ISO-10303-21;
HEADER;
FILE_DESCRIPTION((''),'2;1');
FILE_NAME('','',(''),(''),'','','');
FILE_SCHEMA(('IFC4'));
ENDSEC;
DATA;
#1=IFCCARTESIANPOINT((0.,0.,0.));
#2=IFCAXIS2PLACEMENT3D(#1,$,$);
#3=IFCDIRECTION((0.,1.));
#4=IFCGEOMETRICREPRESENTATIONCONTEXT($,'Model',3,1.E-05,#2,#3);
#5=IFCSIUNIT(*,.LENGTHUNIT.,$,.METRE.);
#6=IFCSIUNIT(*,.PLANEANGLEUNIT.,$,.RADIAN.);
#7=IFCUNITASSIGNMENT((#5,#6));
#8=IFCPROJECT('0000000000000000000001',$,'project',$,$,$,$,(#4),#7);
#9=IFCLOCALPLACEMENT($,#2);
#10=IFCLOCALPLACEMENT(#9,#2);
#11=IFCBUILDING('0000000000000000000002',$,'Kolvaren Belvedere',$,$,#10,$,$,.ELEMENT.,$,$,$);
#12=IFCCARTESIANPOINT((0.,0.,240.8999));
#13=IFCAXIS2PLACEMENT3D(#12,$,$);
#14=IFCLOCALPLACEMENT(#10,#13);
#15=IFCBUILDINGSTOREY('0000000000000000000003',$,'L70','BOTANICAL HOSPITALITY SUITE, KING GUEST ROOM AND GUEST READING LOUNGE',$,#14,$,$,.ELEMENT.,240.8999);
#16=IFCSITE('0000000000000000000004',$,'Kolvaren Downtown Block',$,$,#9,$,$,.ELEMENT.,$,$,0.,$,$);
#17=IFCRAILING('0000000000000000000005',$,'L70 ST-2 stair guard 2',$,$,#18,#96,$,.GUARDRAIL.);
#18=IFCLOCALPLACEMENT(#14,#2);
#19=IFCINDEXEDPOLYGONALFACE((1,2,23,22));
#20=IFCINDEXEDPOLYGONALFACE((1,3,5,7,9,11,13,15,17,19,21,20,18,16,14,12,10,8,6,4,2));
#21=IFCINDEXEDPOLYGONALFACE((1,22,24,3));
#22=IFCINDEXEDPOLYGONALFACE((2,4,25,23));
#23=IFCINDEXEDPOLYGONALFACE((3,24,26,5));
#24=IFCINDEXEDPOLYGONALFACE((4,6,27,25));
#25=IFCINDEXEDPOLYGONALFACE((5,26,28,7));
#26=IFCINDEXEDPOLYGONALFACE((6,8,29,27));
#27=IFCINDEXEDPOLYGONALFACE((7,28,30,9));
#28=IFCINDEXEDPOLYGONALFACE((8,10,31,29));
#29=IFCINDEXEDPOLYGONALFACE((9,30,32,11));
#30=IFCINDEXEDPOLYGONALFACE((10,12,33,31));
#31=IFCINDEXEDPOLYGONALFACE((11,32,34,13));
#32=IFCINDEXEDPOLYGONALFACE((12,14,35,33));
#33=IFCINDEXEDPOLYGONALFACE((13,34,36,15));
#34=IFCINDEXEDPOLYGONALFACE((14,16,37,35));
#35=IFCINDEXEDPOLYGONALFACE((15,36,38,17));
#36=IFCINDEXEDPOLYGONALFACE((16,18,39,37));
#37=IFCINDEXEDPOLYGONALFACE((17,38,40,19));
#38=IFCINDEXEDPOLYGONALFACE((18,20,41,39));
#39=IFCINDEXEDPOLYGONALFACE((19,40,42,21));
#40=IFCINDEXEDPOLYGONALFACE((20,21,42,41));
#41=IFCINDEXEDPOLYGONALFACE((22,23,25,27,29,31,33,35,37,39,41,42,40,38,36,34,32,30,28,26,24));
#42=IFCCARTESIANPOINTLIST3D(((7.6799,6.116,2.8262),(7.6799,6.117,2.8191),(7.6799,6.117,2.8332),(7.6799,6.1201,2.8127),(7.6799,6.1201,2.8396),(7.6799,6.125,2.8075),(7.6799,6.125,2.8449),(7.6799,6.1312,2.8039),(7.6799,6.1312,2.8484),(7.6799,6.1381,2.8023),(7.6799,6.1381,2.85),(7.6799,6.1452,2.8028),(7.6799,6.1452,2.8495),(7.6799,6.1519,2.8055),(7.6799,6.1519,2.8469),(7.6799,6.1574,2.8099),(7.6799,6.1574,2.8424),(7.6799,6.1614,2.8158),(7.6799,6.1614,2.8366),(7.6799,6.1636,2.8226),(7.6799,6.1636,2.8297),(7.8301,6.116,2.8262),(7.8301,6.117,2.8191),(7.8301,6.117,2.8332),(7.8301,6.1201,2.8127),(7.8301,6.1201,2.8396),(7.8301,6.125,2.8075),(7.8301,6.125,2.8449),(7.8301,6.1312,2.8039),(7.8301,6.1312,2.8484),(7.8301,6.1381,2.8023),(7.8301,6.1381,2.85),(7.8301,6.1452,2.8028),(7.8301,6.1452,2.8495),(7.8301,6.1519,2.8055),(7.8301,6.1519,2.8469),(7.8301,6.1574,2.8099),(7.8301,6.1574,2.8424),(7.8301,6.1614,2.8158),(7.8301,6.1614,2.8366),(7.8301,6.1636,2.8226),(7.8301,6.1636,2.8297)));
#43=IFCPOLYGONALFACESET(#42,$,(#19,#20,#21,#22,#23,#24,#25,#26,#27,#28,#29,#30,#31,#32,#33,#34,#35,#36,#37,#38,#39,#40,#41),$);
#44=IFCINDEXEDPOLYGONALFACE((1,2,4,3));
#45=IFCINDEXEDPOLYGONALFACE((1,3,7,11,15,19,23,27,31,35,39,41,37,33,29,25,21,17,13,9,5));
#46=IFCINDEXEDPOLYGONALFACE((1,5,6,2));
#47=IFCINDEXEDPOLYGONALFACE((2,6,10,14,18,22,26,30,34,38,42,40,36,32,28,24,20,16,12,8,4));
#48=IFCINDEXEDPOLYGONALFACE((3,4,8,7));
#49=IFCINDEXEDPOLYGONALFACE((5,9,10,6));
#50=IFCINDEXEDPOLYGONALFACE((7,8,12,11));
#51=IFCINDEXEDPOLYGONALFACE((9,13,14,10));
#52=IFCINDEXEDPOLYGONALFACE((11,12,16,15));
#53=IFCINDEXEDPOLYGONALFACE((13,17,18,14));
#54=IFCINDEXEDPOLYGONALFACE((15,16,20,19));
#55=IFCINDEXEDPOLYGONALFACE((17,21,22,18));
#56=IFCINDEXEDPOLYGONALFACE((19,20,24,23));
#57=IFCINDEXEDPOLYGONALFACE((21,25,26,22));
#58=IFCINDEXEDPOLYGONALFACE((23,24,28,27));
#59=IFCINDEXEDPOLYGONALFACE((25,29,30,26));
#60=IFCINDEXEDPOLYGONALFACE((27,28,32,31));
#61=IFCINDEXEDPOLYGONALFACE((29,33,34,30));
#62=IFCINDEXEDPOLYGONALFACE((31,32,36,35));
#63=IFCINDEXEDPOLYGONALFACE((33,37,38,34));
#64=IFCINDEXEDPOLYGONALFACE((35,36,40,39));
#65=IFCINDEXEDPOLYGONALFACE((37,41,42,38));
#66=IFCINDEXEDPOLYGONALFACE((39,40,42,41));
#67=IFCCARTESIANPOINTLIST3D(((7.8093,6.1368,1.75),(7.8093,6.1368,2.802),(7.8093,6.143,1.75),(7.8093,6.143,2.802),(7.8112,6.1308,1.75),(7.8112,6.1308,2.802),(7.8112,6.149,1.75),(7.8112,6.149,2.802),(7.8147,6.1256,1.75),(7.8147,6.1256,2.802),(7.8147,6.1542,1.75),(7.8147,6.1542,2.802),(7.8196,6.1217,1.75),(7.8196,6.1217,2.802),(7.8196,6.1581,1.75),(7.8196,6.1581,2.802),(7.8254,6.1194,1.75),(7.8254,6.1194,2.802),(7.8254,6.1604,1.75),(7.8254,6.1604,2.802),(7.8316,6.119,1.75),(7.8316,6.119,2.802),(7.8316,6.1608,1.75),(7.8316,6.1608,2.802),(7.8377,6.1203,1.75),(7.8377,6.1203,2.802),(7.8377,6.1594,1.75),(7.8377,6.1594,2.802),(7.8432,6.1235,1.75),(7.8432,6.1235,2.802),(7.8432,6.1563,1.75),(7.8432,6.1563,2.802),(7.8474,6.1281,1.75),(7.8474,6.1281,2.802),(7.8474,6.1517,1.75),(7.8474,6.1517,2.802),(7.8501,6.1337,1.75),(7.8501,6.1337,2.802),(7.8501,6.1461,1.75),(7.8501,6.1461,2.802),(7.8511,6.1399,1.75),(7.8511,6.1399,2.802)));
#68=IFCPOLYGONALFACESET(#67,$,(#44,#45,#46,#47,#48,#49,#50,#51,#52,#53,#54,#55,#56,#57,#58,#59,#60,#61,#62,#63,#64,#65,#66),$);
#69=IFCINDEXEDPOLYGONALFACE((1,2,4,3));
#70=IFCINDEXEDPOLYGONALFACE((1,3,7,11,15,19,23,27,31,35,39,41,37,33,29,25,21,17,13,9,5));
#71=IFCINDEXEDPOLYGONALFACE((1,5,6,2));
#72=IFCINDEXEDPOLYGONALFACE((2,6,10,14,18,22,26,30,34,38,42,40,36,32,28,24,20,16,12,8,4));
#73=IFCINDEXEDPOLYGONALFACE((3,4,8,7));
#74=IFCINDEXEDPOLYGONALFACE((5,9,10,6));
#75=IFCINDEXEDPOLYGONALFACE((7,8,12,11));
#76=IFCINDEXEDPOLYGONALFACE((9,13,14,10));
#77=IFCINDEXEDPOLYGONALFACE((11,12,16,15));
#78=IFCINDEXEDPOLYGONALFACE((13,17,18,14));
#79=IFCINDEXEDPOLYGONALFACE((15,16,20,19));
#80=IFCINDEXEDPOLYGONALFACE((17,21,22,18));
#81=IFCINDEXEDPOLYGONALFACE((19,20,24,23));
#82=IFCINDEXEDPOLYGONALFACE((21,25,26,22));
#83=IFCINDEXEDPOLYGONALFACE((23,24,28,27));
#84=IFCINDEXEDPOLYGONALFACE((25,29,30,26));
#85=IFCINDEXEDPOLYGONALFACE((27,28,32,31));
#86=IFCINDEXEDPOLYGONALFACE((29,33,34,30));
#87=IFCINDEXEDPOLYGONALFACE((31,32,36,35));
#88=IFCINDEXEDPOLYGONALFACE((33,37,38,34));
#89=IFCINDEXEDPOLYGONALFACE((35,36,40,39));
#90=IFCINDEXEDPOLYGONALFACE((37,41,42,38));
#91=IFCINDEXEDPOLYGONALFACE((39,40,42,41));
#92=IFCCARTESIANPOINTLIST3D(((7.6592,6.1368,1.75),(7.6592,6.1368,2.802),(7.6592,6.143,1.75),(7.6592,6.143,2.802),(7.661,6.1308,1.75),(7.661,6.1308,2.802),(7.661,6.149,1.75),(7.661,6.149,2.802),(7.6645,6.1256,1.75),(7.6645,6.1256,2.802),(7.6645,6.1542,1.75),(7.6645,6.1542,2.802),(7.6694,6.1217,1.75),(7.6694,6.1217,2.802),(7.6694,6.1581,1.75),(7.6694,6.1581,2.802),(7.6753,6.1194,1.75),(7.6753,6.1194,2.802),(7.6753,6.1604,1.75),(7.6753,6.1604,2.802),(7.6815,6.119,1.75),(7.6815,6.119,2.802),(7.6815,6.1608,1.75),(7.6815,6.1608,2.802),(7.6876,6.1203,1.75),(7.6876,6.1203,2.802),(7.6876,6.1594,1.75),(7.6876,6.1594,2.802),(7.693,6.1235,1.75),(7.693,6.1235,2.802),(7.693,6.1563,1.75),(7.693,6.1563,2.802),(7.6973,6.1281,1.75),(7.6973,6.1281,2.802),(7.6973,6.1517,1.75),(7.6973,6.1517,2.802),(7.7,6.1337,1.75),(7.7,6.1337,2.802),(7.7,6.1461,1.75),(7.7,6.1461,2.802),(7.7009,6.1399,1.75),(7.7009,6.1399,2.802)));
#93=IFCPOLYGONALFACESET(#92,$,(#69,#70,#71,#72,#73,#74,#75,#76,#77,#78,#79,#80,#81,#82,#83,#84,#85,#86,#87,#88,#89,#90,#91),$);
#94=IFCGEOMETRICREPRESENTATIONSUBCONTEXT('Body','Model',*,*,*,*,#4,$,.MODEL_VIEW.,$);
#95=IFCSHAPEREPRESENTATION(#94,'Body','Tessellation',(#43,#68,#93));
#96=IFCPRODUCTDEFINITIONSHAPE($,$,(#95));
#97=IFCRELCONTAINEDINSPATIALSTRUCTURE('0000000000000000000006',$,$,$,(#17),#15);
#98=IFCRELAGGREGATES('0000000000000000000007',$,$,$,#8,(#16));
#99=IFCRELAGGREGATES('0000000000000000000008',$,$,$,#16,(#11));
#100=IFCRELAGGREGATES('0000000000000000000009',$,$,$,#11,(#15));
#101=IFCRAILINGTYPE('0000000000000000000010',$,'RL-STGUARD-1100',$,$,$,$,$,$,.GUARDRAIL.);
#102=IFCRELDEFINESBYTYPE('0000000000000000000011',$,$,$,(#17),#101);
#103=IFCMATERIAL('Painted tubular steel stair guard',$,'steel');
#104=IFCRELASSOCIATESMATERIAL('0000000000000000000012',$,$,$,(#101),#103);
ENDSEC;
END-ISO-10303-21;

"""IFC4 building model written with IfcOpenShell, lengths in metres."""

from ifc_helpers import new_model, si_unit, direction, frame, origin, origin_2d, place, context, subcontext, project, spatial, circle, extrude, material, type_object, element, save


model = new_model("IFC4")

# Units and contexts
model_context = context("Model", 3, precision=1e-05, world=origin(), true_north=direction((0.0, 1.0)))
body_context = subcontext(model_context, "Body", "Model", "MODEL_VIEW")
ifc_project = project(units=[si_unit("LENGTHUNIT", "METRE"), si_unit("PLANEANGLEUNIT", "RADIAN")], contexts=[model_context])

# Site, building, storey
site_placement = place(None, origin())
site = spatial("IfcSite", under=ifc_project, at=site_placement, Name="Kolvaren Downtown Block", CompositionType="ELEMENT", RefElevation=0.0)
building_placement = place(site_placement, origin())
building = spatial("IfcBuilding", under=site, at=building_placement, Name="Kolvaren Belvedere", CompositionType="ELEMENT")
storey_placement = place(building_placement, frame((0.0, 0.0, 240.8999)))
storey = spatial("IfcBuildingStorey", under=building, at=storey_placement, Name="L70", Description="BOTANICAL HOSPITALITY SUITE, KING GUEST ROOM AND GUEST READING LOUNGE", CompositionType="ELEMENT", Elevation=240.8999)

# Railing
ifc_material_1 = material(Name="Painted tubular steel stair guard", Category="steel")
railing_type_1 = type_object("IfcRailingType", Name="RL-STGUARD-1100", PredefinedType="GUARDRAIL", material=ifc_material_1)
railing_1_placement = place(storey_placement, frame((7.8301, 6.1399, 1.75)))
element("IfcRailing", 1, at=railing_1_placement, inside=storey, type_object=railing_type_1, Name="L70 ST-2 stair guard 2", PredefinedType="GUARDRAIL", context=body_context, shape_type="SweptSolid", body=[
    extrude(circle(Radius=0.0239, at=origin_2d()), frame((0.0, 0.0, 1.0762), z_axis=(-1.0, 0.0, 0.0), x_axis=(0.0, -1.0, 0.0)), (0.0, 0.0, 1.0), 0.1501),
    extrude(circle(Radius=0.021, at=origin_2d()), origin(), (0.0, 0.0, 1.0), 1.052),
    extrude(circle(Radius=0.021, at=origin_2d()), frame((-0.1501, 0.0, 0.0)), (0.0, 0.0, 1.0), 1.052),
])

save(model, "model.ifc")
